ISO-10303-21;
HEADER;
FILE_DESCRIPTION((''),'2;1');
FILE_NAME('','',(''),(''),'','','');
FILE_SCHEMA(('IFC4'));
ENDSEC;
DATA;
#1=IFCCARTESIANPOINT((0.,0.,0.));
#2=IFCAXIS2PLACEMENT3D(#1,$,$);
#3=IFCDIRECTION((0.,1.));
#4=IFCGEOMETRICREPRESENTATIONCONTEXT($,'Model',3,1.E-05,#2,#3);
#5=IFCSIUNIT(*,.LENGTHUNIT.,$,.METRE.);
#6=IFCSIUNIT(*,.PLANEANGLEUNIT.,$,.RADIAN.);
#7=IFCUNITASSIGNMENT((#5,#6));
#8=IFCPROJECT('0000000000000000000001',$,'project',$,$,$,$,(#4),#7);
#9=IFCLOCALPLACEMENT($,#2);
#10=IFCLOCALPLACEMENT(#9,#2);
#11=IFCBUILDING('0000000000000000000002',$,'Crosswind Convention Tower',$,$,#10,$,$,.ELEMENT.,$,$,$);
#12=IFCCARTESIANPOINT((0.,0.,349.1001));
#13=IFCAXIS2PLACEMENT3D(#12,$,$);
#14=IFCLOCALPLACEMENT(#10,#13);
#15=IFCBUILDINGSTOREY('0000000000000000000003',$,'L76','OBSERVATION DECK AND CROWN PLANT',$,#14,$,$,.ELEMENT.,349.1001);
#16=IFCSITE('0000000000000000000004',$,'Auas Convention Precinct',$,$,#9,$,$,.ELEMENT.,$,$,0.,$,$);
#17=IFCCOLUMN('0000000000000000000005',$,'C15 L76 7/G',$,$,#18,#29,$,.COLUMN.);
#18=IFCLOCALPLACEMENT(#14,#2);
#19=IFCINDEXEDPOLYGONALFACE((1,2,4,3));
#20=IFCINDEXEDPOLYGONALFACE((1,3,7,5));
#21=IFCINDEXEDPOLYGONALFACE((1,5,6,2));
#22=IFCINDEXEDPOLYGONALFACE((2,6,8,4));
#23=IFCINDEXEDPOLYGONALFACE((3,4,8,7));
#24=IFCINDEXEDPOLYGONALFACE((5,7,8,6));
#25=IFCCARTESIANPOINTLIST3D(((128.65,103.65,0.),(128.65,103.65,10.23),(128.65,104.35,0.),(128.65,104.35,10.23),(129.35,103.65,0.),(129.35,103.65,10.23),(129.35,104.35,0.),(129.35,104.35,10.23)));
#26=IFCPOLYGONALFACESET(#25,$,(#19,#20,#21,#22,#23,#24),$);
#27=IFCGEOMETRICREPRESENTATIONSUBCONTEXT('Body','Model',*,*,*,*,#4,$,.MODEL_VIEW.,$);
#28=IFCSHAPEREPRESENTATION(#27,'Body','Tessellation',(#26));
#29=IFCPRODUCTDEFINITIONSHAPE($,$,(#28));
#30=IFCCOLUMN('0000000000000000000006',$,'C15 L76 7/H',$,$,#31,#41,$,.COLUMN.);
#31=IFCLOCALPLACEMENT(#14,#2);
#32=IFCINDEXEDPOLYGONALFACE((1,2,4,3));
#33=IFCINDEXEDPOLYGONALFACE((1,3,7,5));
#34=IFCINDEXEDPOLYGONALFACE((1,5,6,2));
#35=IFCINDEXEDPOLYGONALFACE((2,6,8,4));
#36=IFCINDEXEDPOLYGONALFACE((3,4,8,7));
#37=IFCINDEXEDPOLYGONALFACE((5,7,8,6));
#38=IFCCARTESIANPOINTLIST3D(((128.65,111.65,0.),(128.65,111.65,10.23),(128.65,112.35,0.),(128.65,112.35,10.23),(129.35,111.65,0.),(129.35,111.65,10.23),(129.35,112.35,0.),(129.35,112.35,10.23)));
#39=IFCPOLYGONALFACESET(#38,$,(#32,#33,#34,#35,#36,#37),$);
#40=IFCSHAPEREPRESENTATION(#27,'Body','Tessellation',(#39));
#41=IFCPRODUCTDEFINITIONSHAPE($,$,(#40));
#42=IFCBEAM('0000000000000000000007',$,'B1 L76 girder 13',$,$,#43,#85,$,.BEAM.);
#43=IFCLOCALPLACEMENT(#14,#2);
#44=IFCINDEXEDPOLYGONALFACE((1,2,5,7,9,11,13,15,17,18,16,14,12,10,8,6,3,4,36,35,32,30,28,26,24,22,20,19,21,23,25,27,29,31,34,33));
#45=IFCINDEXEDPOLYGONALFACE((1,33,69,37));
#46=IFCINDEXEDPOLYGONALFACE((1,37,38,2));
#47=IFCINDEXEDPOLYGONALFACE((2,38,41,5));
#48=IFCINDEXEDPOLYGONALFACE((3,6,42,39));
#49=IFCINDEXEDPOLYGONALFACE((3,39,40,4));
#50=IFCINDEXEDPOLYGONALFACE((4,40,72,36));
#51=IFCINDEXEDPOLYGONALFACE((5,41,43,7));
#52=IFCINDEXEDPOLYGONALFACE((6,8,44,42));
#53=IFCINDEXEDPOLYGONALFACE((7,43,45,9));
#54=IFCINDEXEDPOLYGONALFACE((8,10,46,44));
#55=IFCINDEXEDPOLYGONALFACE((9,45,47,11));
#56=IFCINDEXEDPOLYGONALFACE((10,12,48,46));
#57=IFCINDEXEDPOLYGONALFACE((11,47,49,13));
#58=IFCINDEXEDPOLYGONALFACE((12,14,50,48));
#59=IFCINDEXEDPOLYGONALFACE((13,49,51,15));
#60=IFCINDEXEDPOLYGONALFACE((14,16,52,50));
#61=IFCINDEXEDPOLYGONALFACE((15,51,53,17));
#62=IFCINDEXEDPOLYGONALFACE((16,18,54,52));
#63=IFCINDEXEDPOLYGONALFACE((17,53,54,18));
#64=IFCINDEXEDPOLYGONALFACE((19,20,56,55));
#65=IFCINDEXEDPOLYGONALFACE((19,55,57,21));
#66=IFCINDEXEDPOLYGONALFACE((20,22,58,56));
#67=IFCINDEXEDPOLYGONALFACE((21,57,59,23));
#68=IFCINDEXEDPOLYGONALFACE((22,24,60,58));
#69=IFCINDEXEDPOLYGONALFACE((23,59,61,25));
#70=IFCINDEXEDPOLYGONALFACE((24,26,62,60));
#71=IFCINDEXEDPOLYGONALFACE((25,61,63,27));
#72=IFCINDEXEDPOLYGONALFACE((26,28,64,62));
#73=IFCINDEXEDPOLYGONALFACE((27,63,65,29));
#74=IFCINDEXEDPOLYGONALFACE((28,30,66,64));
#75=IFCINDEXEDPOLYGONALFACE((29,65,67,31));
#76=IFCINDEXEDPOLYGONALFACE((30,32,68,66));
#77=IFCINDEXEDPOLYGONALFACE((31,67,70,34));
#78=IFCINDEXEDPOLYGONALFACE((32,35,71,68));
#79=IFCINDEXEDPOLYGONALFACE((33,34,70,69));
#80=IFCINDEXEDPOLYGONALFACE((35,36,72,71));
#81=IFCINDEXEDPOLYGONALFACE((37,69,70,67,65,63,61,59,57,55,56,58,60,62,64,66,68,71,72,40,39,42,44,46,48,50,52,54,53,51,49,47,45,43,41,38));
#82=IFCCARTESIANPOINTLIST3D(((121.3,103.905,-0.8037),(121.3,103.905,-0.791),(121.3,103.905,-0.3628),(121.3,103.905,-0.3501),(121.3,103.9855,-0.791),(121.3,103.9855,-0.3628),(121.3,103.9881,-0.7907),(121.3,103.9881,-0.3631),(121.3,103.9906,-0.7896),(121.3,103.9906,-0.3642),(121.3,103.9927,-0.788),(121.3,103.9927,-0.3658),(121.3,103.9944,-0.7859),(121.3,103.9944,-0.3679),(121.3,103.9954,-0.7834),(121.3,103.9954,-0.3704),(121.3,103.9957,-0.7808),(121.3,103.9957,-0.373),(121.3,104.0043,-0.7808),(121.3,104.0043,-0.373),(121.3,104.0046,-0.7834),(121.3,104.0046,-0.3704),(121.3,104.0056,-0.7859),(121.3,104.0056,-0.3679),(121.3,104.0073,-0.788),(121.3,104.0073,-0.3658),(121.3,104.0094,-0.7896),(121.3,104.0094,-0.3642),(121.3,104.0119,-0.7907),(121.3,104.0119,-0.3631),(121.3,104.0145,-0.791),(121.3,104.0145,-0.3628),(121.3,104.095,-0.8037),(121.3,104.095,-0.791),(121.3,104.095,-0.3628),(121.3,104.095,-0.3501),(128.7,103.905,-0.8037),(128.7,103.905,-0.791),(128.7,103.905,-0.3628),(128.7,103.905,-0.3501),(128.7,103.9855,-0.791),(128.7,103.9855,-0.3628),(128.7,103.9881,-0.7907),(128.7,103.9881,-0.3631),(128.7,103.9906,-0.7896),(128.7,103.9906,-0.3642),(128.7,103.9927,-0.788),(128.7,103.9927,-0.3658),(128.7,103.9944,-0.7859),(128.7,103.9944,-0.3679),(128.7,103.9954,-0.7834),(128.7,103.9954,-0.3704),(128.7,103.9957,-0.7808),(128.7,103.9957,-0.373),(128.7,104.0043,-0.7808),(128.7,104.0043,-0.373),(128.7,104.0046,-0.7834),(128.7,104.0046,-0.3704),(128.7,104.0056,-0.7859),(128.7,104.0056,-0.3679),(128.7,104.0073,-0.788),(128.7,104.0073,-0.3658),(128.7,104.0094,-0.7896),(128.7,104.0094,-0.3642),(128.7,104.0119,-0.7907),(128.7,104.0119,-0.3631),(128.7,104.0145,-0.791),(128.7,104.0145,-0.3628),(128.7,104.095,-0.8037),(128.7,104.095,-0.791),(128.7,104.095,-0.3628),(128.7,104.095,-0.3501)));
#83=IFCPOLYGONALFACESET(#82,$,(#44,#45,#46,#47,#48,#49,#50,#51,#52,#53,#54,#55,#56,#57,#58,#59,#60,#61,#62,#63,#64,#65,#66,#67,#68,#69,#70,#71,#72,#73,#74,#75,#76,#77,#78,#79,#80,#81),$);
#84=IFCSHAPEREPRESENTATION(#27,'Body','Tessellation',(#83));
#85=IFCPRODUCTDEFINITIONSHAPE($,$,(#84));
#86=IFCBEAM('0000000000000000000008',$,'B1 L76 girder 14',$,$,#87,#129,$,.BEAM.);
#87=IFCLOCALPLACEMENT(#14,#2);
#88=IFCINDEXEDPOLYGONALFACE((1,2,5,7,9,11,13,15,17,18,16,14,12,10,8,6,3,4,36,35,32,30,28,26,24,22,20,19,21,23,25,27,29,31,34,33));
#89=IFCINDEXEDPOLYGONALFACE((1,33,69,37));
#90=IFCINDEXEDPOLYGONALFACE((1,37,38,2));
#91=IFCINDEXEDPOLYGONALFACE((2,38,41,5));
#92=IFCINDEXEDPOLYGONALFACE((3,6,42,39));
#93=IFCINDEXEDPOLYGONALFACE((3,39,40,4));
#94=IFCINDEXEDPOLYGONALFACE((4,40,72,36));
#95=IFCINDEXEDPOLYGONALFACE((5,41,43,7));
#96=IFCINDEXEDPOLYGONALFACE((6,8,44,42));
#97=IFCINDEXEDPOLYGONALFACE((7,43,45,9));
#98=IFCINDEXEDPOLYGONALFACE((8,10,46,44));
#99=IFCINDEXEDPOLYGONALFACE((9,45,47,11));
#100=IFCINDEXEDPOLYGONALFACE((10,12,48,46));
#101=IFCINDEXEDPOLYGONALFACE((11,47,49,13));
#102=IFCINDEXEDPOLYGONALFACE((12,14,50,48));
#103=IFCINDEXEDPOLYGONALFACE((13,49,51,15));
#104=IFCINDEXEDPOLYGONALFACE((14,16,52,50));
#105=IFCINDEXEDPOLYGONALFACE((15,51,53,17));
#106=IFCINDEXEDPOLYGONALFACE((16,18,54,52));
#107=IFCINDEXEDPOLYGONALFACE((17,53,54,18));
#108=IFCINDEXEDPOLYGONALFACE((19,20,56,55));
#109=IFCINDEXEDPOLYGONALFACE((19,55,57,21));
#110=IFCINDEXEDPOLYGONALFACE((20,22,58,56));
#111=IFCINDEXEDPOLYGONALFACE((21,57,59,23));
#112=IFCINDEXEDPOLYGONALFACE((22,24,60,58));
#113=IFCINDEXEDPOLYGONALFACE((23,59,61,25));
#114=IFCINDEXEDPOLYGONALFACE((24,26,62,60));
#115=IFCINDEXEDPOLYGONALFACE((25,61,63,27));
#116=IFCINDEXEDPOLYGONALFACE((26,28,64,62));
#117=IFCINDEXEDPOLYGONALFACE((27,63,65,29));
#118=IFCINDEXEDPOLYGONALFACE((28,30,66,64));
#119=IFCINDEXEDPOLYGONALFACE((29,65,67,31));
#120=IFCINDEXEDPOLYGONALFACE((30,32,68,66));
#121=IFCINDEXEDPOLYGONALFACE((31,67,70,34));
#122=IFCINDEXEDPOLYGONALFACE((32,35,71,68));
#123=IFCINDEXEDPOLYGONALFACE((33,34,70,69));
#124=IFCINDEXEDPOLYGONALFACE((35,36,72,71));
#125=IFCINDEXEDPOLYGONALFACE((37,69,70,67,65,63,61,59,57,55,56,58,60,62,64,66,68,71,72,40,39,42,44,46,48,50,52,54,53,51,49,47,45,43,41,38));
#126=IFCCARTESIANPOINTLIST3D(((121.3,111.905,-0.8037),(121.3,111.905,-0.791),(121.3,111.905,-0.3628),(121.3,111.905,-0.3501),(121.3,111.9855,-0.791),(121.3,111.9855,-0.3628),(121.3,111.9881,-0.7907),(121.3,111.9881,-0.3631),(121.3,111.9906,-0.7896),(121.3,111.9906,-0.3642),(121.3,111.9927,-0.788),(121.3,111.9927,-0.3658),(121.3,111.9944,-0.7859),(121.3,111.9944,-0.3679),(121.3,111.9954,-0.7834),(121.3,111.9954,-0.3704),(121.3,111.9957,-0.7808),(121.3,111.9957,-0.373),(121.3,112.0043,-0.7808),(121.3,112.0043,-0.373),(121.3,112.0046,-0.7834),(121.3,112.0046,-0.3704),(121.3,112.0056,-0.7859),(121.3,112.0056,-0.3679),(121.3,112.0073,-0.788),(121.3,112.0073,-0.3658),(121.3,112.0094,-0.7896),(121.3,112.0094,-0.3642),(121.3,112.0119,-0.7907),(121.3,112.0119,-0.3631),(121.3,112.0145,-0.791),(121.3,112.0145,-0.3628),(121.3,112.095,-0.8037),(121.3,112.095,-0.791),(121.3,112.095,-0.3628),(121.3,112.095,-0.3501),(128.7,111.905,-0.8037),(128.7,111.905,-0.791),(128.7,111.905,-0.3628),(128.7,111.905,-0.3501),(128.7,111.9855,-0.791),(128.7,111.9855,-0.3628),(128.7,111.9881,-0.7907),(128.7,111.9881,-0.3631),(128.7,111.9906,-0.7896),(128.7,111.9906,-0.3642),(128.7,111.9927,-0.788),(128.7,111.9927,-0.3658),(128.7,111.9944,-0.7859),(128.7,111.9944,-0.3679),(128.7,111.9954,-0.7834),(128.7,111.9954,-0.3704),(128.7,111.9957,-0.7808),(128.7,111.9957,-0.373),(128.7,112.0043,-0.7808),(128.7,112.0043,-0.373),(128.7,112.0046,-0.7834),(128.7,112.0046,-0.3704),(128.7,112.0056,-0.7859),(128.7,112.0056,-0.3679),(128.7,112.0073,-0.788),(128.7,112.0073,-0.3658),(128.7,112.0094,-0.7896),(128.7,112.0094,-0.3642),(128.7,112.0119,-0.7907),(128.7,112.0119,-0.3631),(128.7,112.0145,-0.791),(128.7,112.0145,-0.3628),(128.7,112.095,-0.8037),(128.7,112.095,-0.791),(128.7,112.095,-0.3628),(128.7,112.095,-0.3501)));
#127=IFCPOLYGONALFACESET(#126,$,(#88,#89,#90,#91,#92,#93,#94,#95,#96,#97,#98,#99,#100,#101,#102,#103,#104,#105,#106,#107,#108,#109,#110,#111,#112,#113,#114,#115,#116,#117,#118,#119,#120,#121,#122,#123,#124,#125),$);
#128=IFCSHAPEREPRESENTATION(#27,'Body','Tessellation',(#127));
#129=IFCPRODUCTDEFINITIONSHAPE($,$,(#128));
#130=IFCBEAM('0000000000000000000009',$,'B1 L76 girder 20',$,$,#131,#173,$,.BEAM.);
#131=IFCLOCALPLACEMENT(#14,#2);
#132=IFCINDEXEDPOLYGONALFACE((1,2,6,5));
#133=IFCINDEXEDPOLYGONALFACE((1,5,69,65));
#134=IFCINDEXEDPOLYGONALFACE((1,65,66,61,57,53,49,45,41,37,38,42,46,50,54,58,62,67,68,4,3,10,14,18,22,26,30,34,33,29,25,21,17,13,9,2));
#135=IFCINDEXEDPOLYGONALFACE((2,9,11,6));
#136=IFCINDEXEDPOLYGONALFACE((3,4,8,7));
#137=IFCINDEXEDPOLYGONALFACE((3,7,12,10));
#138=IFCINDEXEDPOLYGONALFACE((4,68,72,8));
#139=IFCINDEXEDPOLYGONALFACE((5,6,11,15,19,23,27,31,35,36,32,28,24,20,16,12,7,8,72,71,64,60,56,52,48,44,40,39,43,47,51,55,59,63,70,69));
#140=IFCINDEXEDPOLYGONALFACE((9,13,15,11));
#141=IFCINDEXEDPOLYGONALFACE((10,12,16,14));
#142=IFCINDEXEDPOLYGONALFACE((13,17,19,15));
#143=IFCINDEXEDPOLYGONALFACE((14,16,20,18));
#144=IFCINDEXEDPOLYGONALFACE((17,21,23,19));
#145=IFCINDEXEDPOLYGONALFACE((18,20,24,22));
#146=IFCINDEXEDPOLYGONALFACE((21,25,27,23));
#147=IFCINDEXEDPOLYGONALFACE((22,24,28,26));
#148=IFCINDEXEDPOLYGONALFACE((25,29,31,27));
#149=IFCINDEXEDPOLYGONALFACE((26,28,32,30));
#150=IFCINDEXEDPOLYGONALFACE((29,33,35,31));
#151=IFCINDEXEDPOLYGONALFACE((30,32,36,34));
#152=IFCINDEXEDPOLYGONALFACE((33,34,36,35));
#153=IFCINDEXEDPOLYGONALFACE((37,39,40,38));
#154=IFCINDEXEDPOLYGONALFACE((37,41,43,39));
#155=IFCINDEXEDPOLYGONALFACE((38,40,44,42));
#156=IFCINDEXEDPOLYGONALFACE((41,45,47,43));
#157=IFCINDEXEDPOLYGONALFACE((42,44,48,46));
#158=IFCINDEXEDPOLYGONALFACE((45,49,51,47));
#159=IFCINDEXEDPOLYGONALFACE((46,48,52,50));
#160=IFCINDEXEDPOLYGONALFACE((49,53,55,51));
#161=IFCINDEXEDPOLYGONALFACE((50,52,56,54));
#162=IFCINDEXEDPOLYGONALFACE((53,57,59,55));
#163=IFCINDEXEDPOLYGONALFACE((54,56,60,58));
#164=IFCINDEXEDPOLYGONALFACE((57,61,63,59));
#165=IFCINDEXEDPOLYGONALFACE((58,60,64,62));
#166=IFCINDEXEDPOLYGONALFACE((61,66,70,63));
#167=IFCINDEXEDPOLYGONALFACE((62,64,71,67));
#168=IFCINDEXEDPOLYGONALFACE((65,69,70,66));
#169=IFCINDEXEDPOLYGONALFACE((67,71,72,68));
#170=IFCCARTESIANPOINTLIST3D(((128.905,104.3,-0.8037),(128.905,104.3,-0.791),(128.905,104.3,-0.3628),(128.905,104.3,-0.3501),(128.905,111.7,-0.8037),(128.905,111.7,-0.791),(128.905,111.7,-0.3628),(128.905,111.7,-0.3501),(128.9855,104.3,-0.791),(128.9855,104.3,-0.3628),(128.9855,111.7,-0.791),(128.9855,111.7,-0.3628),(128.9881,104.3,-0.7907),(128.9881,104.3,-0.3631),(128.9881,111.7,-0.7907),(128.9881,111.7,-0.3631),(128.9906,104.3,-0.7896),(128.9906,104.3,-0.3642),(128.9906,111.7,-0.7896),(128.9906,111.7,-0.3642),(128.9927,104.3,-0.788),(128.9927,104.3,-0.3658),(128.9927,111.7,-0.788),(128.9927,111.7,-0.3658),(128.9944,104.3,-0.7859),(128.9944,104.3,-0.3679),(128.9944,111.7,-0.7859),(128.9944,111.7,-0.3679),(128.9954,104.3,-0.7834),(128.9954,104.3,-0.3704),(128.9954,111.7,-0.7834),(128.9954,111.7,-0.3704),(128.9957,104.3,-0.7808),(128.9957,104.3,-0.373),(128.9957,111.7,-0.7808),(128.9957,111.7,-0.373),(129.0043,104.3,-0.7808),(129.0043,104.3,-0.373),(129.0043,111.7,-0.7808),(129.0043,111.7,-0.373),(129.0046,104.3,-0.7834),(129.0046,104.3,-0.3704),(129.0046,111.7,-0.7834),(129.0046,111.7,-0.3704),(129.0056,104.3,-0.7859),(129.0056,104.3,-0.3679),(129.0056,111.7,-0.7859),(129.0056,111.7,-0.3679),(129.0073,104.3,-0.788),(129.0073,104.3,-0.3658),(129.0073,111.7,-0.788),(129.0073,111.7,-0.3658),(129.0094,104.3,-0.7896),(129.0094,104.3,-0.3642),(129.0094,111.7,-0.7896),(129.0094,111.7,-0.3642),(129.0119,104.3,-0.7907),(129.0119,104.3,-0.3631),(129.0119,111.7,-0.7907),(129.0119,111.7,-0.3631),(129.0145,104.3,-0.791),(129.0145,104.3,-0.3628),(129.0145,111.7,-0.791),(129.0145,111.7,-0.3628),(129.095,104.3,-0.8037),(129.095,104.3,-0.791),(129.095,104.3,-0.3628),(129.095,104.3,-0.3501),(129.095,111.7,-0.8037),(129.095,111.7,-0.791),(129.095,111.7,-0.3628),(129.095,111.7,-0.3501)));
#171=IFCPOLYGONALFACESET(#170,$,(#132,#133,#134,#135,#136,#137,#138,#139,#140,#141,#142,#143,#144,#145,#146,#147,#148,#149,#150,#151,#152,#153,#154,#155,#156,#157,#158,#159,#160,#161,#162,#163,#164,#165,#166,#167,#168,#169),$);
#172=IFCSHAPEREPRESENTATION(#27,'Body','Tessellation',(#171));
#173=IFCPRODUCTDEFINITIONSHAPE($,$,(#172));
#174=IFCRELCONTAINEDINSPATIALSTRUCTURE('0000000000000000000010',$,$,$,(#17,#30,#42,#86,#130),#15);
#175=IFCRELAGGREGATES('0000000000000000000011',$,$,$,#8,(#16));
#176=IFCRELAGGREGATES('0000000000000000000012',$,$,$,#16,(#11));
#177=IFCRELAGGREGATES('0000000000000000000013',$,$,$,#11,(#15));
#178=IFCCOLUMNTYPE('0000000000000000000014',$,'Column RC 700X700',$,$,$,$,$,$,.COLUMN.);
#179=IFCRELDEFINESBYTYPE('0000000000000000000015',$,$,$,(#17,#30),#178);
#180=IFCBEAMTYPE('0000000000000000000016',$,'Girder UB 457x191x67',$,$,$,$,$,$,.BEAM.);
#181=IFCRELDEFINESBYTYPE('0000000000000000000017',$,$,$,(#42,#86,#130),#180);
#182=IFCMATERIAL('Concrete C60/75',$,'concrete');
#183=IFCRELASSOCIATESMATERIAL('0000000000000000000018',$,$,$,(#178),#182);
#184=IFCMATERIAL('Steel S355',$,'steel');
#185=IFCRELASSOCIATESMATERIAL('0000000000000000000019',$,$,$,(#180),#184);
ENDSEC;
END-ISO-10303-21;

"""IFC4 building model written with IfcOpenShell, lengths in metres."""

from ifc_helpers import new_model, si_unit, direction, frame, origin, origin_2d, place, context, subcontext, project, spatial, rectangle, i_section, extrude, material, material_profile, profile_set, type_object, element, save


model = new_model("IFC4")

# Units and contexts
model_context = context("Model", 3, precision=1e-05, world=origin(), true_north=direction((0.0, 1.0)))
body_context = subcontext(model_context, "Body", "Model", "MODEL_VIEW")
ifc_project = project(units=[si_unit("LENGTHUNIT", "METRE"), si_unit("PLANEANGLEUNIT", "RADIAN")], contexts=[model_context])

# Site, building, storey
site_placement = place(None, origin())
site = spatial("IfcSite", under=ifc_project, at=site_placement, Name="Auas Convention Precinct", CompositionType="ELEMENT", RefElevation=0.0)
building_placement = place(site_placement, origin())
building = spatial("IfcBuilding", under=site, at=building_placement, Name="Crosswind Convention Tower", CompositionType="ELEMENT")
storey_placement = place(building_placement, frame((0.0, 0.0, 349.1001)))
storey = spatial("IfcBuildingStorey", under=building, at=storey_placement, Name="L76", Description="OBSERVATION DECK AND CROWN PLANT", CompositionType="ELEMENT", Elevation=349.1001)

# Columns
ifc_material_1 = material(Name="Concrete C60/75", Category="concrete")
ifc_material_profile_1 = material_profile(ifc_material_1, rectangle(XDim=0.7, YDim=0.7, at=origin_2d()), Name="RC 700X700")
ifc_profile_set_1 = profile_set([ifc_material_profile_1], Name="Concrete C60/75")
column_type = type_object("IfcColumnType", Name="Column RC 700X700", PredefinedType="COLUMN", material=ifc_profile_set_1)
for number, where, z_axis, x_axis, name in (
    (1, (129.0, 104.0, 0.0), (0.0, 0.0, 1.0), (1.0, 0.0, 0.0), "C15 L76 7/G"),
    (2, (129.0, 112.0, 0.0), (0.0, 0.0, 1.0), (1.0, 0.0, 0.0), "C15 L76 7/H"),
):
    element("IfcColumn", number, at=place(storey_placement, frame(where, z_axis=z_axis, x_axis=x_axis)), inside=storey, type_object=column_type, Name=name, PredefinedType="COLUMN", context=body_context, shape_type="SweptSolid", body=[
        extrude(rectangle(XDim=0.7, YDim=0.7, at=origin_2d()), origin(), (0.0, 0.0, 1.0), 10.23),
    ])

# Beams
ifc_material_2 = material(Name="Steel S355", Category="steel")
ifc_material_profile_2 = material_profile(ifc_material_2, i_section(OverallWidth=0.1899, OverallDepth=0.4536, WebThickness=0.0085, FlangeThickness=0.0127, FilletRadius=0.0103, at=origin_2d()), Name="UB 457x191x67")
ifc_profile_set_2 = profile_set([ifc_material_profile_2], Name="Steel S355")
beam_type_1 = type_object("IfcBeamType", Name="Girder UB 457x191x67", PredefinedType="BEAM", material=ifc_profile_set_2)
for number, where, z_axis, x_axis, name in (
    (3, (121.3, 104.0, -0.5769), (1.0, 0.0, 0.0), (0.0, 1.0, 0.0), "B1 L76 girder 13"),
    (4, (121.3, 112.0, -0.5769), (1.0, 0.0, 0.0), (0.0, 1.0, 0.0), "B1 L76 girder 14"),
    (5, (129.0, 104.3, -0.5769), (0.0, 1.0, 0.0), (-1.0, 0.0, 0.0), "B1 L76 girder 20"),
):
    element("IfcBeam", number, at=place(storey_placement, frame(where, z_axis=z_axis, x_axis=x_axis)), inside=storey, type_object=beam_type_1, Name=name, PredefinedType="BEAM", context=body_context, shape_type="SweptSolid", body=[
        extrude(i_section(OverallWidth=0.1899, OverallDepth=0.4536, WebThickness=0.0085, FlangeThickness=0.0127, FilletRadius=0.0103, at=origin_2d()), origin(), (0.0, 0.0, 1.0), 7.3999),
    ])

save(model, "model.ifc")
